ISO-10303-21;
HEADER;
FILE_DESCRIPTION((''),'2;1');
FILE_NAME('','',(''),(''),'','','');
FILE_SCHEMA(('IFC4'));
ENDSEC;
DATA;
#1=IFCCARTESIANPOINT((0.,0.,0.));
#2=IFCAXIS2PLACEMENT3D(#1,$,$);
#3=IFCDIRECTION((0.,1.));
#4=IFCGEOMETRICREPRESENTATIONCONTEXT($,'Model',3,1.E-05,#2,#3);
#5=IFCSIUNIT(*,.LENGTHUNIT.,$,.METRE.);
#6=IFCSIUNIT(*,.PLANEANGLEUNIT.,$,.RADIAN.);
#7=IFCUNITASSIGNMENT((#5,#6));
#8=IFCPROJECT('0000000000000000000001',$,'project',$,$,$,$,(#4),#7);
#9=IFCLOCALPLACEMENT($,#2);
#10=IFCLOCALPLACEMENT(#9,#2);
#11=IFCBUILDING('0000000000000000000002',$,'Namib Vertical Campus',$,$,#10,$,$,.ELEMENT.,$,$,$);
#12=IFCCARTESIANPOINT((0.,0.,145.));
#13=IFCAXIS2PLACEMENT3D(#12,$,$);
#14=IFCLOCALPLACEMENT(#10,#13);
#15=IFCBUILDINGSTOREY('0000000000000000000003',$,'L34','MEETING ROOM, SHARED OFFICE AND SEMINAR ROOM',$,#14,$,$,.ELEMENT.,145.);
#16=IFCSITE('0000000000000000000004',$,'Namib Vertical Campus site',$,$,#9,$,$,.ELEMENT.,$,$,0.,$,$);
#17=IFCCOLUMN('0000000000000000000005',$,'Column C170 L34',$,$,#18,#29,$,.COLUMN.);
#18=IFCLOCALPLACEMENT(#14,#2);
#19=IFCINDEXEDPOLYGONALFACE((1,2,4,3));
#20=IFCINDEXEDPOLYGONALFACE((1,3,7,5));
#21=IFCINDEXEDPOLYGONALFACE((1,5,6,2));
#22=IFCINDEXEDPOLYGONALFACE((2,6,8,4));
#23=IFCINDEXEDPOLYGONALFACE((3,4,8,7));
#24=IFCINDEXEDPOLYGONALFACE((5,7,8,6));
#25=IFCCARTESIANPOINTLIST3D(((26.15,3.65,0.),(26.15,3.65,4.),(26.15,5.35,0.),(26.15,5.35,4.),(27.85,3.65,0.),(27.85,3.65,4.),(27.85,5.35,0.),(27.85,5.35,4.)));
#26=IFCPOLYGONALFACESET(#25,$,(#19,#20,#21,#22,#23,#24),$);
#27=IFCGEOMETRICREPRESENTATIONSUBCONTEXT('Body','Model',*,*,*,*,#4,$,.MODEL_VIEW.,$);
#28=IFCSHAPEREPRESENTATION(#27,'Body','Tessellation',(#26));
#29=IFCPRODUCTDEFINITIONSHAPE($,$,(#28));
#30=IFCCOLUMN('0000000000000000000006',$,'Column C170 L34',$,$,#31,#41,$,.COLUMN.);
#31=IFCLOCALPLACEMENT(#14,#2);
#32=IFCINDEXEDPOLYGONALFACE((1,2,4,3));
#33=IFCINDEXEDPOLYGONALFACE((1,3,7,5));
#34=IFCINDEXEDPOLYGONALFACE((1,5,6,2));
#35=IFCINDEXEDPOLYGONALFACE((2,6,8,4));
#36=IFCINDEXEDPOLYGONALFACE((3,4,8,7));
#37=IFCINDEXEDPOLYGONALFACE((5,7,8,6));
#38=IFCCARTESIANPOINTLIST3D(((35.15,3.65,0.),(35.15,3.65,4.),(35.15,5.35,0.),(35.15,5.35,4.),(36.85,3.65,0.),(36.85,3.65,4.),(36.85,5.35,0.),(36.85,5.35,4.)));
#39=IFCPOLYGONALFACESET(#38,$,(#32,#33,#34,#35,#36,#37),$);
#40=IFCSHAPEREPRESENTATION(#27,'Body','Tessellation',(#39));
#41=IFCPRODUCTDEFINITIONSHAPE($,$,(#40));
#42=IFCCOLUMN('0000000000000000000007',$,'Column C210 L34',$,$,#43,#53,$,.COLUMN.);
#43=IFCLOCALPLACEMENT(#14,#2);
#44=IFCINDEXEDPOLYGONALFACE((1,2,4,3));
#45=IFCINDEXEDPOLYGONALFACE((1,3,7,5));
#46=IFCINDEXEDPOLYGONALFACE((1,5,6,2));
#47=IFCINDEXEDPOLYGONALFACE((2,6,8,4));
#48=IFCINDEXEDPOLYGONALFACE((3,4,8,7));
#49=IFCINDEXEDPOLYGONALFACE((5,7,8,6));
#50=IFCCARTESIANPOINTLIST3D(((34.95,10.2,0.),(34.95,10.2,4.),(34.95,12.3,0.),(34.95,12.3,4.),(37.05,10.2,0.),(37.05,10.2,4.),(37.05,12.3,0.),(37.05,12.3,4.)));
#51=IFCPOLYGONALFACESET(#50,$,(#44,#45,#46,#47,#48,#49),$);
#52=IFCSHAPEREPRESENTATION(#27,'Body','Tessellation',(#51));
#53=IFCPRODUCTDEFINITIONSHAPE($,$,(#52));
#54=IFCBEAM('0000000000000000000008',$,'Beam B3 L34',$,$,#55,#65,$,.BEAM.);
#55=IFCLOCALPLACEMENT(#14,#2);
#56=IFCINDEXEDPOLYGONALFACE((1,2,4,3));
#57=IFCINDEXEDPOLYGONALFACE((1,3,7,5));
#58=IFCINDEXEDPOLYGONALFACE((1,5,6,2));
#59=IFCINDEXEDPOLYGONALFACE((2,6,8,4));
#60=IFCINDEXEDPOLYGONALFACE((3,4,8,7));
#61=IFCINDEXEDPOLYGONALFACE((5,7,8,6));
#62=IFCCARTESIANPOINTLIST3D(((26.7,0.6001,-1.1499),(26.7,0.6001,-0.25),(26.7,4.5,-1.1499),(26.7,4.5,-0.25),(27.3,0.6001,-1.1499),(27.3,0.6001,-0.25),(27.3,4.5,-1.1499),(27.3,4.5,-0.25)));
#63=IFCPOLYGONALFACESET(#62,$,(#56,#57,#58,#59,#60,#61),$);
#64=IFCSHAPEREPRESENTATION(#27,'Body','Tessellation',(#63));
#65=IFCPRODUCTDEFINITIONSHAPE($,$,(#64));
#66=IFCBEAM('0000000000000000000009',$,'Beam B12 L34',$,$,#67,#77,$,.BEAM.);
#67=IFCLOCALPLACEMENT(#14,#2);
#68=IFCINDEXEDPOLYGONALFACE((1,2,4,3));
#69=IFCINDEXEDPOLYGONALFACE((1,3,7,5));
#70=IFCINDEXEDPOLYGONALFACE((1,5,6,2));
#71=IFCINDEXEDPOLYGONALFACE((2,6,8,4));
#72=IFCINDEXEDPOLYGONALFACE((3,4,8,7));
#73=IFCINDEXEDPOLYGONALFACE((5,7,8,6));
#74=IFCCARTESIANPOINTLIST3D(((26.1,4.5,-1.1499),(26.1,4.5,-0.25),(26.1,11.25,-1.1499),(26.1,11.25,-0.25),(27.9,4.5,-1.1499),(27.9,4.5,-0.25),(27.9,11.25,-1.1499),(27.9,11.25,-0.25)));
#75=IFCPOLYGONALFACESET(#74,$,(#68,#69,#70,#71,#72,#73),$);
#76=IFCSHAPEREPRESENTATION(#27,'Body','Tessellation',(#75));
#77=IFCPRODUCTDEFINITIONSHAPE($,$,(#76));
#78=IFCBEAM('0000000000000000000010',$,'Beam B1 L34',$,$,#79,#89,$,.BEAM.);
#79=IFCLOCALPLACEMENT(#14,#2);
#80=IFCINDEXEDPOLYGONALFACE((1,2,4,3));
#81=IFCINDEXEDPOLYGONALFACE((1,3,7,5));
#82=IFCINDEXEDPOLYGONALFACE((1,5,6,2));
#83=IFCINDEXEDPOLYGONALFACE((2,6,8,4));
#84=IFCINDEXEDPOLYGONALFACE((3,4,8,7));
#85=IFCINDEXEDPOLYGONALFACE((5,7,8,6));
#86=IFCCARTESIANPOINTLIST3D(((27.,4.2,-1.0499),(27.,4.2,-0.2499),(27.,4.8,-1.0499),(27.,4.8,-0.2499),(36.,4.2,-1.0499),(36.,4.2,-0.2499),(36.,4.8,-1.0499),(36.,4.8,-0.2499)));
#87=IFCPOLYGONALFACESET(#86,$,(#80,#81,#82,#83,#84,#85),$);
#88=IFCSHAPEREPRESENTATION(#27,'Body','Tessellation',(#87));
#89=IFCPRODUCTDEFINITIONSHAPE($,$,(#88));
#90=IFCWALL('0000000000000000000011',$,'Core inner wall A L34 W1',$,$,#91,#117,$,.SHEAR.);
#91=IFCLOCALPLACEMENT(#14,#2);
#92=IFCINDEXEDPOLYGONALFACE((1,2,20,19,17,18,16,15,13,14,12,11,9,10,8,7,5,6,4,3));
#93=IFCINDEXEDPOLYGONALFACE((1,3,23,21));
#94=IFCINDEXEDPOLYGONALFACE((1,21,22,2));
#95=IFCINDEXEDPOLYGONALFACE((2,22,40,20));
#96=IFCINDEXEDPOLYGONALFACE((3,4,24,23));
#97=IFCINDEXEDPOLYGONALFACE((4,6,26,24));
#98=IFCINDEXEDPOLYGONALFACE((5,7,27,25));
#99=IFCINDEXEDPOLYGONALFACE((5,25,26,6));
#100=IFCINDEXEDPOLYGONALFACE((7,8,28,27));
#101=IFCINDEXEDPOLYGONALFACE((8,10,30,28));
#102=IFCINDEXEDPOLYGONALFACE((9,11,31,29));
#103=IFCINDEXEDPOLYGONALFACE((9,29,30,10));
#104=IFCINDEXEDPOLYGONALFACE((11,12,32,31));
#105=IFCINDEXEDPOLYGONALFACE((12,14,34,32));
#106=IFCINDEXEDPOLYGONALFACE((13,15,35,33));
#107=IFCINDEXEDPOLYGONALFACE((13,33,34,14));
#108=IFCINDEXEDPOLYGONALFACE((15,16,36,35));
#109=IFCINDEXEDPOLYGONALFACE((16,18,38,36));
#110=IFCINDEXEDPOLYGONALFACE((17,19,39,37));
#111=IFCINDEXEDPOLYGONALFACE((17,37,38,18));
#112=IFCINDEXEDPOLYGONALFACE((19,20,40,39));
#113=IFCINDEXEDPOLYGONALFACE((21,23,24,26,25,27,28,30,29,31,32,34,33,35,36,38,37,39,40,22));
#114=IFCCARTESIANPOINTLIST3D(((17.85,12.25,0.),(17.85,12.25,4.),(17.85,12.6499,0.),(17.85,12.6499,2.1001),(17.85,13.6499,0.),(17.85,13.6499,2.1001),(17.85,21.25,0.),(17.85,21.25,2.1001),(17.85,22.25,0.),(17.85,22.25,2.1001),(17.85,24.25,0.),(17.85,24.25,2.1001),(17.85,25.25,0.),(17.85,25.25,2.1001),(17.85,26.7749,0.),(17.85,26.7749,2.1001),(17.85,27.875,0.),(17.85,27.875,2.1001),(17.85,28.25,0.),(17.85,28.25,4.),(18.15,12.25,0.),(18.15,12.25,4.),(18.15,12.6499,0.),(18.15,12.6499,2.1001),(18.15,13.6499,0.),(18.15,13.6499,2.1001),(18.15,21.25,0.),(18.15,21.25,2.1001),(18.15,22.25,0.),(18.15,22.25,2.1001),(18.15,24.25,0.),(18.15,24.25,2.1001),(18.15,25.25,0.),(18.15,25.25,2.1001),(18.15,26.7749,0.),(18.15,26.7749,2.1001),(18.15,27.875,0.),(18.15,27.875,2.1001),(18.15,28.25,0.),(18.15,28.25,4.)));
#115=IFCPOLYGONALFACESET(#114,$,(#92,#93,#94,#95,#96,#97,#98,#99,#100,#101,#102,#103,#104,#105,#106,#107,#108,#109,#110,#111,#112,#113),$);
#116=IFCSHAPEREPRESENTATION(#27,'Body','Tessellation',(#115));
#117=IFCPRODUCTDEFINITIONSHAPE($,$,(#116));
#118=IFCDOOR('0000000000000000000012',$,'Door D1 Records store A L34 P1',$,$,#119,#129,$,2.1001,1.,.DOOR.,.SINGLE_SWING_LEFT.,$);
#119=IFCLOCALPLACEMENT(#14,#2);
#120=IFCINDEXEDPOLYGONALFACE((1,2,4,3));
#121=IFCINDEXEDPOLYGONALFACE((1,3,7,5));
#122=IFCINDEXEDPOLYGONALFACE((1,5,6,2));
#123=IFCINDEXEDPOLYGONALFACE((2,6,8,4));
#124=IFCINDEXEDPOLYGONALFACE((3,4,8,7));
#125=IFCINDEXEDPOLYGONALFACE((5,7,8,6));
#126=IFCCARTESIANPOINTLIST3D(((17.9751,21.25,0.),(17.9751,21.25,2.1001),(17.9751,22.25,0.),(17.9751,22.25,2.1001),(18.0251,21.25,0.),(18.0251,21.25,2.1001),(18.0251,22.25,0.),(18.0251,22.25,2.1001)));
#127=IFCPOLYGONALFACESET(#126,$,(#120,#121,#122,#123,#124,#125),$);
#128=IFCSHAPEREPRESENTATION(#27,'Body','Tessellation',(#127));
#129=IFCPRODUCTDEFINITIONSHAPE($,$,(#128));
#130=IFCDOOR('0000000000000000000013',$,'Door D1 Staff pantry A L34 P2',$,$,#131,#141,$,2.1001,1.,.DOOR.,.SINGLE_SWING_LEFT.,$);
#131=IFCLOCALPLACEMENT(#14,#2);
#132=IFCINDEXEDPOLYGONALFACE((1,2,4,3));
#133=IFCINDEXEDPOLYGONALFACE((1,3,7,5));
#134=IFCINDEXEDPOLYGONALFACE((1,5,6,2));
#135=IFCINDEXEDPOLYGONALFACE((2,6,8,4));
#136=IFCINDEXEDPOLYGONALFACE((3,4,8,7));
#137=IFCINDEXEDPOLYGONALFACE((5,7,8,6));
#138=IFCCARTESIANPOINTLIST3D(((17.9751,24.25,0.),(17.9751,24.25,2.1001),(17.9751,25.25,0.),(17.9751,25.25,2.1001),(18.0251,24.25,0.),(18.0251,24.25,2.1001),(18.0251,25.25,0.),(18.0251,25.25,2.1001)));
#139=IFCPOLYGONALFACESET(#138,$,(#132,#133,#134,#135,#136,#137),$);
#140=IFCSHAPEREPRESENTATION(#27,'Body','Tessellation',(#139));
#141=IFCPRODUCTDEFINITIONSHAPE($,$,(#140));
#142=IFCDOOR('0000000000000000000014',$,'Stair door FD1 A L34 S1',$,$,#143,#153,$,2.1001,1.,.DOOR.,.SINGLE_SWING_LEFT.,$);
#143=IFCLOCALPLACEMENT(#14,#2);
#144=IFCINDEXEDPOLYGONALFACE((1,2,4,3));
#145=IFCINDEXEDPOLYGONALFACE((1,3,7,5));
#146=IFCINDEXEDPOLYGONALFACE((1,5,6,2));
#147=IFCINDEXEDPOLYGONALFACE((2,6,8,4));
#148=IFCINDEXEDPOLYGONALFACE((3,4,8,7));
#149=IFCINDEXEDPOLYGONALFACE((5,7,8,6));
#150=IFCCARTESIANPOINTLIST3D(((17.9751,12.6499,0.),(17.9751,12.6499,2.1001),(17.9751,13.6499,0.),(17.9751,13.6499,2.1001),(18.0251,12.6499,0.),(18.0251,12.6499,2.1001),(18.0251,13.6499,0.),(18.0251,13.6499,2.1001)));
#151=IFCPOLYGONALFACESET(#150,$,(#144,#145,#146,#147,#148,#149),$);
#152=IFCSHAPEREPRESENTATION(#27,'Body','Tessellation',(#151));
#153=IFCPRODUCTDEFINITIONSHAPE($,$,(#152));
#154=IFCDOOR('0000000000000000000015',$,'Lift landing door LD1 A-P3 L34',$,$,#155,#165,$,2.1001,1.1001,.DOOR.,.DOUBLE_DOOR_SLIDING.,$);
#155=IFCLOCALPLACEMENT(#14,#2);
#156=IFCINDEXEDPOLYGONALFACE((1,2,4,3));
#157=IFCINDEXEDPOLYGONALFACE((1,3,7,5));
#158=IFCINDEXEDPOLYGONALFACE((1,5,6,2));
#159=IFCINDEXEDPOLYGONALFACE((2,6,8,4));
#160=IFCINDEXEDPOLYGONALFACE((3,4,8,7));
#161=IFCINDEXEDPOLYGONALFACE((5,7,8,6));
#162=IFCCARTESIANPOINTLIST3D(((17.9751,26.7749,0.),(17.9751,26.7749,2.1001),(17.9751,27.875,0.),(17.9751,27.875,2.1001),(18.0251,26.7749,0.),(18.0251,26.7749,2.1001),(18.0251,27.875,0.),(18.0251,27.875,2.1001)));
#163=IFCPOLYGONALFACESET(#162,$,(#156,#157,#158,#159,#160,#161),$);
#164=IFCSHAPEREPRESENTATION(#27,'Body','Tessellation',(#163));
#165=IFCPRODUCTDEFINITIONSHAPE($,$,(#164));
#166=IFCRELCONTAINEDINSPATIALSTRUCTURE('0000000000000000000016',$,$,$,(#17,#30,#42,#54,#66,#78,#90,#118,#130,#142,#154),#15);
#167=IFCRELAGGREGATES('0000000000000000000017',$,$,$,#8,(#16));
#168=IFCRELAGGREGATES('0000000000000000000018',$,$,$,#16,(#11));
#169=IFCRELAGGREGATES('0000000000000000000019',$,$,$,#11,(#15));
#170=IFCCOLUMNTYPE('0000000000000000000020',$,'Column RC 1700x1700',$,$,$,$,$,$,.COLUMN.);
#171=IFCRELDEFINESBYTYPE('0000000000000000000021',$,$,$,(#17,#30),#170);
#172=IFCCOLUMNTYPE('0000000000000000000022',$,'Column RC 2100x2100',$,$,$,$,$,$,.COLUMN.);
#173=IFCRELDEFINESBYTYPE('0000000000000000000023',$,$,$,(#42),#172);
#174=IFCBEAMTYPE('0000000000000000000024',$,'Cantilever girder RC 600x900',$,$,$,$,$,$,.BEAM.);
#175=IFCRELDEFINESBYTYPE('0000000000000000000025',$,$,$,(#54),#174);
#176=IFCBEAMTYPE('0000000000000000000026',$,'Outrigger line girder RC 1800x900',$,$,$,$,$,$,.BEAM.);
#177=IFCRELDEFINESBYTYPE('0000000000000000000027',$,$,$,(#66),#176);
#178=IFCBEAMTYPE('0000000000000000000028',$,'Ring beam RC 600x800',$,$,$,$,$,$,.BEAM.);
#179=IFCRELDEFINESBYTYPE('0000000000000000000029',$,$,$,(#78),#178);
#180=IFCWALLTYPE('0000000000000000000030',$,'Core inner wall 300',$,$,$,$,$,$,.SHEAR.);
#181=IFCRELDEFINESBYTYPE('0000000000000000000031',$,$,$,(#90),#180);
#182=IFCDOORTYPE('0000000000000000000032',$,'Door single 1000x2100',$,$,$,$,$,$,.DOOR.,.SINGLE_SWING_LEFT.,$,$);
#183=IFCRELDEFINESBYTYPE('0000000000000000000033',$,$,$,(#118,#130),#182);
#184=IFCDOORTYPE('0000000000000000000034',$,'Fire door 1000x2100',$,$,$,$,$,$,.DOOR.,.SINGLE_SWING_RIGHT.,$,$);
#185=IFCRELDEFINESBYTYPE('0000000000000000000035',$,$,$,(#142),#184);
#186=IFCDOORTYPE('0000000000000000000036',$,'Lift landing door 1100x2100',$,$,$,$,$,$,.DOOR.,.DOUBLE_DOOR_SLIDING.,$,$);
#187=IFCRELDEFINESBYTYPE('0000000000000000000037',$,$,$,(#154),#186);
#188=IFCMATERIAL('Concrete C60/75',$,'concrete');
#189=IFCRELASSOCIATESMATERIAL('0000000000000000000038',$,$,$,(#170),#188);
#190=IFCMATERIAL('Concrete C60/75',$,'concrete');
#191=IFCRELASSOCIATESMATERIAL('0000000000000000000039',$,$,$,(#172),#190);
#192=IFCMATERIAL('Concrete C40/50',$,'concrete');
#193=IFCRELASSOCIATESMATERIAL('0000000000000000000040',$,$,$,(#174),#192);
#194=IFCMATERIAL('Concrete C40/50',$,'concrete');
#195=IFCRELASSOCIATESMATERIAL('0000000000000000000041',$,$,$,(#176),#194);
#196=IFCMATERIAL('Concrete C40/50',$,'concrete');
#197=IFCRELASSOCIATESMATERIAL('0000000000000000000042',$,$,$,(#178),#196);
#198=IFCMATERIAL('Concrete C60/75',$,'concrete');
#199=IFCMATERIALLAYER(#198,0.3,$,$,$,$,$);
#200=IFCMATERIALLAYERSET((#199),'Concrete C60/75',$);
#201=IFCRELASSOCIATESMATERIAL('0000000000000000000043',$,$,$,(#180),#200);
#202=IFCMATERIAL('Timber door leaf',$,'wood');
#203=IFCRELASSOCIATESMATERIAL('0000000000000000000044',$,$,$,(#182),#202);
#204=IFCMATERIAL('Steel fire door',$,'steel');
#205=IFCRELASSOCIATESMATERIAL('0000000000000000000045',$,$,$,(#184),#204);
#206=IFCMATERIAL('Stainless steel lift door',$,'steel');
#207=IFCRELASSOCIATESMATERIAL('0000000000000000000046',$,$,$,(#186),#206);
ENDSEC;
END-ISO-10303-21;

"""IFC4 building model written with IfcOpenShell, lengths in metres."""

from ifc_helpers import new_model, si_unit, direction, frame, frame_2d, origin, origin_2d, place, context, subcontext, project, spatial, rectangle, extrude, material, layer, layer_set, material_profile, profile_set, type_object, element, fill, save


model = new_model("IFC4")

# Units and contexts
model_context = context("Model", 3, precision=1e-05, world=origin(), true_north=direction((0.0, 1.0)))
body_context = subcontext(model_context, "Body", "Model", "MODEL_VIEW")
ifc_project = project(units=[si_unit("LENGTHUNIT", "METRE"), si_unit("PLANEANGLEUNIT", "RADIAN")], contexts=[model_context])

# Site, building, storey
site_placement = place(None, origin())
site = spatial("IfcSite", under=ifc_project, at=site_placement, Name="Namib Vertical Campus site", CompositionType="ELEMENT", RefElevation=0.0)
building_placement = place(site_placement, origin())
building = spatial("IfcBuilding", under=site, at=building_placement, Name="Namib Vertical Campus", CompositionType="ELEMENT")
storey_placement = place(building_placement, frame((0.0, 0.0, 145.0)))
storey = spatial("IfcBuildingStorey", under=building, at=storey_placement, Name="L34", Description="MEETING ROOM, SHARED OFFICE AND SEMINAR ROOM", CompositionType="ELEMENT", Elevation=145.0)

# Columns
ifc_material_1 = material(Name="Concrete C60/75", Category="concrete")
ifc_material_profile_1 = material_profile(ifc_material_1, rectangle(XDim=1.7, YDim=1.7, at=origin_2d()))
ifc_profile_set_1 = profile_set([ifc_material_profile_1], Name="Concrete C60/75")
column_type_1 = type_object("IfcColumnType", Name="Column RC 1700x1700", PredefinedType="COLUMN", material=ifc_profile_set_1)
for number, where, z_axis, x_axis, name in (
    (1, (27.0, 4.5, 0.0), (0.0, 0.0, 1.0), (1.0, 0.0, 0.0), "Column C170 L34"),
    (2, (36.0, 4.5, 0.0), (0.0, 0.0, 1.0), (1.0, 0.0, 0.0), "Column C170 L34"),
):
    element("IfcColumn", number, at=place(storey_placement, frame(where, z_axis=z_axis, x_axis=x_axis)), inside=storey, type_object=column_type_1, Name=name, PredefinedType="COLUMN", context=body_context, shape_type="SweptSolid", body=[
        extrude(rectangle(XDim=1.7, YDim=1.7, at=origin_2d()), origin(), (0.0, 0.0, 1.0), 4.0),
    ])
ifc_material_2 = material(Name="Concrete C60/75", Category="concrete")
ifc_material_profile_2 = material_profile(ifc_material_2, rectangle(XDim=2.1001, YDim=2.1001, at=origin_2d()))
ifc_profile_set_2 = profile_set([ifc_material_profile_2], Name="Concrete C60/75")
column_type_2 = type_object("IfcColumnType", Name="Column RC 2100x2100", PredefinedType="COLUMN", material=ifc_profile_set_2)
column_placement = place(storey_placement, frame((36.0, 11.25, 0.0), z_axis=(0.0, 0.0, 1.0), x_axis=(1.0, 0.0, 0.0)))
element("IfcColumn", 3, at=column_placement, inside=storey, type_object=column_type_2, Name="Column C210 L34", PredefinedType="COLUMN", context=body_context, shape_type="SweptSolid", body=[
    extrude(rectangle(XDim=2.1001, YDim=2.1001, at=origin_2d()), origin(), (0.0, 0.0, 1.0), 4.0),
])

# Beams
ifc_material_3 = material(Name="Concrete C40/50", Category="concrete")
ifc_material_profile_3 = material_profile(ifc_material_3, rectangle(XDim=0.6001, YDim=0.8999, at=origin_2d()))
ifc_profile_set_3 = profile_set([ifc_material_profile_3], Name="Concrete C40/50")
beam_type_1 = type_object("IfcBeamType", Name="Cantilever girder RC 600x900", PredefinedType="BEAM", material=ifc_profile_set_3)
beam_1_placement = place(storey_placement, frame((27.0, 4.5, -0.7), z_axis=(0.0, -1.0, 0.0), x_axis=(1.0, 0.0, 0.0)))
element("IfcBeam", 4, at=beam_1_placement, inside=storey, type_object=beam_type_1, Name="Beam B3 L34", PredefinedType="BEAM", context=body_context, shape_type="SweptSolid", body=[
    extrude(rectangle(XDim=0.6001, YDim=0.8999, at=origin_2d()), origin(), (0.0, 0.0, 1.0), 3.8999),
])
ifc_material_4 = material(Name="Concrete C40/50", Category="concrete")
ifc_material_profile_4 = material_profile(ifc_material_4, rectangle(XDim=1.8, YDim=0.8999, at=origin_2d()))
ifc_profile_set_4 = profile_set([ifc_material_profile_4], Name="Concrete C40/50")
beam_type_2 = type_object("IfcBeamType", Name="Outrigger line girder RC 1800x900", PredefinedType="BEAM", material=ifc_profile_set_4)
beam_2_placement = place(storey_placement, frame((27.0, 4.5, -0.7), z_axis=(0.0, 1.0, 0.0), x_axis=(-1.0, 0.0, 0.0)))
element("IfcBeam", 5, at=beam_2_placement, inside=storey, type_object=beam_type_2, Name="Beam B12 L34", PredefinedType="BEAM", context=body_context, shape_type="SweptSolid", body=[
    extrude(rectangle(XDim=1.8, YDim=0.8999, at=origin_2d()), origin(), (0.0, 0.0, 1.0), 6.75),
])
ifc_material_5 = material(Name="Concrete C40/50", Category="concrete")
ifc_material_profile_5 = material_profile(ifc_material_5, rectangle(XDim=0.6001, YDim=0.8, at=origin_2d()))
ifc_profile_set_5 = profile_set([ifc_material_profile_5], Name="Concrete C40/50")
beam_type_3 = type_object("IfcBeamType", Name="Ring beam RC 600x800", PredefinedType="BEAM", material=ifc_profile_set_5)
beam_3_placement = place(storey_placement, frame((27.0, 4.5, -0.6499), z_axis=(1.0, 0.0, 0.0), x_axis=(0.0, 1.0, 0.0)))
element("IfcBeam", 6, at=beam_3_placement, inside=storey, type_object=beam_type_3, Name="Beam B1 L34", PredefinedType="BEAM", context=body_context, shape_type="SweptSolid", body=[
    extrude(rectangle(XDim=0.6001, YDim=0.8, at=origin_2d()), origin(), (0.0, 0.0, 1.0), 9.0),
])

# Wall, openings, doors
ifc_material_6 = material(Name="Concrete C60/75", Category="concrete")
ifc_layer_1 = layer(ifc_material_6, 0.3)
ifc_layer_set_1 = layer_set([ifc_layer_1], Name="Concrete C60/75")
wall_type_1 = type_object("IfcWallType", Name="Core inner wall 300", PredefinedType="SHEAR", material=ifc_layer_set_1)
wall_1_placement = place(storey_placement, frame((18.0, 12.25, 0.0), z_axis=(0.0, 0.0, 1.0), x_axis=(0.0, 1.0, 0.0)))
wall_1 = element("IfcWall", 7, at=wall_1_placement, inside=storey, type_object=wall_type_1, Name="Core inner wall A L34 W1", PredefinedType="SHEAR", context=body_context, shape_type="SweptSolid", body=[
    extrude(rectangle(XDim=16.0, YDim=0.3, at=frame_2d((8.0, 0.0))), origin(), (0.0, 0.0, 1.0), 4.0),
])
opening_1_placement = place(wall_1_placement, frame((0.3999, 0.0, 0.0)))
opening_1 = element("IfcOpeningElement", 8, at=opening_1_placement, cuts=wall_1, PredefinedType="OPENING", context=body_context, shape_type="SweptSolid", body=[
    extrude(rectangle(XDim=1.0, YDim=2.1001, at=frame_2d((0.5, 1.05))), frame((0.0, 0.1599, 0.0), z_axis=(0.0, -1.0, 0.0), x_axis=(1.0, 0.0, 0.0)), (0.0, 0.0, 1.0), 0.3201),
])
opening_2_placement = place(wall_1_placement, frame((14.5249, 0.0, 0.0)))
opening_2 = element("IfcOpeningElement", 9, at=opening_2_placement, cuts=wall_1, PredefinedType="OPENING", context=body_context, shape_type="SweptSolid", body=[
    extrude(rectangle(XDim=1.1001, YDim=2.1001, at=frame_2d((0.55, 1.05))), frame((0.0, 0.1599, 0.0), z_axis=(0.0, -1.0, 0.0), x_axis=(1.0, 0.0, 0.0)), (0.0, 0.0, 1.0), 0.3201),
])
opening_3_placement = place(wall_1_placement, frame((9.0, 0.0, 0.0)))
opening_3 = element("IfcOpeningElement", 10, at=opening_3_placement, cuts=wall_1, PredefinedType="OPENING", context=body_context, shape_type="SweptSolid", body=[
    extrude(rectangle(XDim=1.0, YDim=2.1001, at=frame_2d((0.5, 1.05))), frame((0.0, 0.1599, 0.0), z_axis=(0.0, -1.0, 0.0), x_axis=(1.0, 0.0, 0.0)), (0.0, 0.0, 1.0), 0.3201),
])
opening_4_placement = place(wall_1_placement, frame((12.0, 0.0, 0.0)))
opening_4 = element("IfcOpeningElement", 11, at=opening_4_placement, cuts=wall_1, PredefinedType="OPENING", context=body_context, shape_type="SweptSolid", body=[
    extrude(rectangle(XDim=1.0, YDim=2.1001, at=frame_2d((0.5, 1.05))), frame((0.0, 0.1599, 0.0), z_axis=(0.0, -1.0, 0.0), x_axis=(1.0, 0.0, 0.0)), (0.0, 0.0, 1.0), 0.3201),
])
ifc_material_7 = material(Name="Timber door leaf", Category="wood")
door_type_1 = type_object("IfcDoorType", Name="Door single 1000x2100", OperationType="SINGLE_SWING_LEFT", PredefinedType="DOOR", material=ifc_material_7)
door_1_placement = place(opening_3_placement, origin())
door_1 = element("IfcDoor", 12, at=door_1_placement, inside=storey, type_object=door_type_1, Name="Door D1 Records store A L34 P1", OperationType="SINGLE_SWING_LEFT", OverallHeight=2.1001, OverallWidth=1.0, PredefinedType="DOOR", context=body_context, shape_type="SweptSolid", body=[
    extrude(rectangle(XDim=1.0, YDim=2.1001, at=frame_2d((0.5, 1.05))), frame((0.0, 0.0249, 0.0), z_axis=(0.0, -1.0, 0.0), x_axis=(1.0, 0.0, 0.0)), (0.0, 0.0, 1.0), 0.05),
])
fill(opening_3, door_1)
door_2_placement = place(opening_4_placement, origin())
door_2 = element("IfcDoor", 13, at=door_2_placement, inside=storey, type_object=door_type_1, Name="Door D1 Staff pantry A L34 P2", OperationType="SINGLE_SWING_LEFT", OverallHeight=2.1001, OverallWidth=1.0, PredefinedType="DOOR", context=body_context, shape_type="SweptSolid", body=[
    extrude(rectangle(XDim=1.0, YDim=2.1001, at=frame_2d((0.5, 1.05))), frame((0.0, 0.0249, 0.0), z_axis=(0.0, -1.0, 0.0), x_axis=(1.0, 0.0, 0.0)), (0.0, 0.0, 1.0), 0.05),
])
fill(opening_4, door_2)
ifc_material_8 = material(Name="Steel fire door", Category="steel")
door_type_2 = type_object("IfcDoorType", Name="Fire door 1000x2100", OperationType="SINGLE_SWING_RIGHT", PredefinedType="DOOR", material=ifc_material_8)
door_3_placement = place(opening_1_placement, origin())
door_3 = element("IfcDoor", 14, at=door_3_placement, inside=storey, type_object=door_type_2, Name="Stair door FD1 A L34 S1", OperationType="SINGLE_SWING_LEFT", OverallHeight=2.1001, OverallWidth=1.0, PredefinedType="DOOR", context=body_context, shape_type="SweptSolid", body=[
    extrude(rectangle(XDim=1.0, YDim=2.1001, at=frame_2d((0.5, 1.05))), frame((0.0, 0.0249, 0.0), z_axis=(0.0, -1.0, 0.0), x_axis=(1.0, 0.0, 0.0)), (0.0, 0.0, 1.0), 0.05),
])
fill(opening_1, door_3)
ifc_material_9 = material(Name="Stainless steel lift door", Category="steel")
door_type_3 = type_object("IfcDoorType", Name="Lift landing door 1100x2100", OperationType="DOUBLE_DOOR_SLIDING", PredefinedType="DOOR", material=ifc_material_9)
door_4_placement = place(opening_2_placement, origin())
door_4 = element("IfcDoor", 15, at=door_4_placement, inside=storey, type_object=door_type_3, Name="Lift landing door LD1 A-P3 L34", OperationType="DOUBLE_DOOR_SLIDING", OverallHeight=2.1001, OverallWidth=1.1001, PredefinedType="DOOR", context=body_context, shape_type="SweptSolid", body=[
    extrude(rectangle(XDim=1.1001, YDim=2.1001, at=frame_2d((0.55, 1.05))), frame((0.0, 0.0249, 0.0), z_axis=(0.0, -1.0, 0.0), x_axis=(1.0, 0.0, 0.0)), (0.0, 0.0, 1.0), 0.05),
])
fill(opening_2, door_4)

save(model, "model.ifc")
